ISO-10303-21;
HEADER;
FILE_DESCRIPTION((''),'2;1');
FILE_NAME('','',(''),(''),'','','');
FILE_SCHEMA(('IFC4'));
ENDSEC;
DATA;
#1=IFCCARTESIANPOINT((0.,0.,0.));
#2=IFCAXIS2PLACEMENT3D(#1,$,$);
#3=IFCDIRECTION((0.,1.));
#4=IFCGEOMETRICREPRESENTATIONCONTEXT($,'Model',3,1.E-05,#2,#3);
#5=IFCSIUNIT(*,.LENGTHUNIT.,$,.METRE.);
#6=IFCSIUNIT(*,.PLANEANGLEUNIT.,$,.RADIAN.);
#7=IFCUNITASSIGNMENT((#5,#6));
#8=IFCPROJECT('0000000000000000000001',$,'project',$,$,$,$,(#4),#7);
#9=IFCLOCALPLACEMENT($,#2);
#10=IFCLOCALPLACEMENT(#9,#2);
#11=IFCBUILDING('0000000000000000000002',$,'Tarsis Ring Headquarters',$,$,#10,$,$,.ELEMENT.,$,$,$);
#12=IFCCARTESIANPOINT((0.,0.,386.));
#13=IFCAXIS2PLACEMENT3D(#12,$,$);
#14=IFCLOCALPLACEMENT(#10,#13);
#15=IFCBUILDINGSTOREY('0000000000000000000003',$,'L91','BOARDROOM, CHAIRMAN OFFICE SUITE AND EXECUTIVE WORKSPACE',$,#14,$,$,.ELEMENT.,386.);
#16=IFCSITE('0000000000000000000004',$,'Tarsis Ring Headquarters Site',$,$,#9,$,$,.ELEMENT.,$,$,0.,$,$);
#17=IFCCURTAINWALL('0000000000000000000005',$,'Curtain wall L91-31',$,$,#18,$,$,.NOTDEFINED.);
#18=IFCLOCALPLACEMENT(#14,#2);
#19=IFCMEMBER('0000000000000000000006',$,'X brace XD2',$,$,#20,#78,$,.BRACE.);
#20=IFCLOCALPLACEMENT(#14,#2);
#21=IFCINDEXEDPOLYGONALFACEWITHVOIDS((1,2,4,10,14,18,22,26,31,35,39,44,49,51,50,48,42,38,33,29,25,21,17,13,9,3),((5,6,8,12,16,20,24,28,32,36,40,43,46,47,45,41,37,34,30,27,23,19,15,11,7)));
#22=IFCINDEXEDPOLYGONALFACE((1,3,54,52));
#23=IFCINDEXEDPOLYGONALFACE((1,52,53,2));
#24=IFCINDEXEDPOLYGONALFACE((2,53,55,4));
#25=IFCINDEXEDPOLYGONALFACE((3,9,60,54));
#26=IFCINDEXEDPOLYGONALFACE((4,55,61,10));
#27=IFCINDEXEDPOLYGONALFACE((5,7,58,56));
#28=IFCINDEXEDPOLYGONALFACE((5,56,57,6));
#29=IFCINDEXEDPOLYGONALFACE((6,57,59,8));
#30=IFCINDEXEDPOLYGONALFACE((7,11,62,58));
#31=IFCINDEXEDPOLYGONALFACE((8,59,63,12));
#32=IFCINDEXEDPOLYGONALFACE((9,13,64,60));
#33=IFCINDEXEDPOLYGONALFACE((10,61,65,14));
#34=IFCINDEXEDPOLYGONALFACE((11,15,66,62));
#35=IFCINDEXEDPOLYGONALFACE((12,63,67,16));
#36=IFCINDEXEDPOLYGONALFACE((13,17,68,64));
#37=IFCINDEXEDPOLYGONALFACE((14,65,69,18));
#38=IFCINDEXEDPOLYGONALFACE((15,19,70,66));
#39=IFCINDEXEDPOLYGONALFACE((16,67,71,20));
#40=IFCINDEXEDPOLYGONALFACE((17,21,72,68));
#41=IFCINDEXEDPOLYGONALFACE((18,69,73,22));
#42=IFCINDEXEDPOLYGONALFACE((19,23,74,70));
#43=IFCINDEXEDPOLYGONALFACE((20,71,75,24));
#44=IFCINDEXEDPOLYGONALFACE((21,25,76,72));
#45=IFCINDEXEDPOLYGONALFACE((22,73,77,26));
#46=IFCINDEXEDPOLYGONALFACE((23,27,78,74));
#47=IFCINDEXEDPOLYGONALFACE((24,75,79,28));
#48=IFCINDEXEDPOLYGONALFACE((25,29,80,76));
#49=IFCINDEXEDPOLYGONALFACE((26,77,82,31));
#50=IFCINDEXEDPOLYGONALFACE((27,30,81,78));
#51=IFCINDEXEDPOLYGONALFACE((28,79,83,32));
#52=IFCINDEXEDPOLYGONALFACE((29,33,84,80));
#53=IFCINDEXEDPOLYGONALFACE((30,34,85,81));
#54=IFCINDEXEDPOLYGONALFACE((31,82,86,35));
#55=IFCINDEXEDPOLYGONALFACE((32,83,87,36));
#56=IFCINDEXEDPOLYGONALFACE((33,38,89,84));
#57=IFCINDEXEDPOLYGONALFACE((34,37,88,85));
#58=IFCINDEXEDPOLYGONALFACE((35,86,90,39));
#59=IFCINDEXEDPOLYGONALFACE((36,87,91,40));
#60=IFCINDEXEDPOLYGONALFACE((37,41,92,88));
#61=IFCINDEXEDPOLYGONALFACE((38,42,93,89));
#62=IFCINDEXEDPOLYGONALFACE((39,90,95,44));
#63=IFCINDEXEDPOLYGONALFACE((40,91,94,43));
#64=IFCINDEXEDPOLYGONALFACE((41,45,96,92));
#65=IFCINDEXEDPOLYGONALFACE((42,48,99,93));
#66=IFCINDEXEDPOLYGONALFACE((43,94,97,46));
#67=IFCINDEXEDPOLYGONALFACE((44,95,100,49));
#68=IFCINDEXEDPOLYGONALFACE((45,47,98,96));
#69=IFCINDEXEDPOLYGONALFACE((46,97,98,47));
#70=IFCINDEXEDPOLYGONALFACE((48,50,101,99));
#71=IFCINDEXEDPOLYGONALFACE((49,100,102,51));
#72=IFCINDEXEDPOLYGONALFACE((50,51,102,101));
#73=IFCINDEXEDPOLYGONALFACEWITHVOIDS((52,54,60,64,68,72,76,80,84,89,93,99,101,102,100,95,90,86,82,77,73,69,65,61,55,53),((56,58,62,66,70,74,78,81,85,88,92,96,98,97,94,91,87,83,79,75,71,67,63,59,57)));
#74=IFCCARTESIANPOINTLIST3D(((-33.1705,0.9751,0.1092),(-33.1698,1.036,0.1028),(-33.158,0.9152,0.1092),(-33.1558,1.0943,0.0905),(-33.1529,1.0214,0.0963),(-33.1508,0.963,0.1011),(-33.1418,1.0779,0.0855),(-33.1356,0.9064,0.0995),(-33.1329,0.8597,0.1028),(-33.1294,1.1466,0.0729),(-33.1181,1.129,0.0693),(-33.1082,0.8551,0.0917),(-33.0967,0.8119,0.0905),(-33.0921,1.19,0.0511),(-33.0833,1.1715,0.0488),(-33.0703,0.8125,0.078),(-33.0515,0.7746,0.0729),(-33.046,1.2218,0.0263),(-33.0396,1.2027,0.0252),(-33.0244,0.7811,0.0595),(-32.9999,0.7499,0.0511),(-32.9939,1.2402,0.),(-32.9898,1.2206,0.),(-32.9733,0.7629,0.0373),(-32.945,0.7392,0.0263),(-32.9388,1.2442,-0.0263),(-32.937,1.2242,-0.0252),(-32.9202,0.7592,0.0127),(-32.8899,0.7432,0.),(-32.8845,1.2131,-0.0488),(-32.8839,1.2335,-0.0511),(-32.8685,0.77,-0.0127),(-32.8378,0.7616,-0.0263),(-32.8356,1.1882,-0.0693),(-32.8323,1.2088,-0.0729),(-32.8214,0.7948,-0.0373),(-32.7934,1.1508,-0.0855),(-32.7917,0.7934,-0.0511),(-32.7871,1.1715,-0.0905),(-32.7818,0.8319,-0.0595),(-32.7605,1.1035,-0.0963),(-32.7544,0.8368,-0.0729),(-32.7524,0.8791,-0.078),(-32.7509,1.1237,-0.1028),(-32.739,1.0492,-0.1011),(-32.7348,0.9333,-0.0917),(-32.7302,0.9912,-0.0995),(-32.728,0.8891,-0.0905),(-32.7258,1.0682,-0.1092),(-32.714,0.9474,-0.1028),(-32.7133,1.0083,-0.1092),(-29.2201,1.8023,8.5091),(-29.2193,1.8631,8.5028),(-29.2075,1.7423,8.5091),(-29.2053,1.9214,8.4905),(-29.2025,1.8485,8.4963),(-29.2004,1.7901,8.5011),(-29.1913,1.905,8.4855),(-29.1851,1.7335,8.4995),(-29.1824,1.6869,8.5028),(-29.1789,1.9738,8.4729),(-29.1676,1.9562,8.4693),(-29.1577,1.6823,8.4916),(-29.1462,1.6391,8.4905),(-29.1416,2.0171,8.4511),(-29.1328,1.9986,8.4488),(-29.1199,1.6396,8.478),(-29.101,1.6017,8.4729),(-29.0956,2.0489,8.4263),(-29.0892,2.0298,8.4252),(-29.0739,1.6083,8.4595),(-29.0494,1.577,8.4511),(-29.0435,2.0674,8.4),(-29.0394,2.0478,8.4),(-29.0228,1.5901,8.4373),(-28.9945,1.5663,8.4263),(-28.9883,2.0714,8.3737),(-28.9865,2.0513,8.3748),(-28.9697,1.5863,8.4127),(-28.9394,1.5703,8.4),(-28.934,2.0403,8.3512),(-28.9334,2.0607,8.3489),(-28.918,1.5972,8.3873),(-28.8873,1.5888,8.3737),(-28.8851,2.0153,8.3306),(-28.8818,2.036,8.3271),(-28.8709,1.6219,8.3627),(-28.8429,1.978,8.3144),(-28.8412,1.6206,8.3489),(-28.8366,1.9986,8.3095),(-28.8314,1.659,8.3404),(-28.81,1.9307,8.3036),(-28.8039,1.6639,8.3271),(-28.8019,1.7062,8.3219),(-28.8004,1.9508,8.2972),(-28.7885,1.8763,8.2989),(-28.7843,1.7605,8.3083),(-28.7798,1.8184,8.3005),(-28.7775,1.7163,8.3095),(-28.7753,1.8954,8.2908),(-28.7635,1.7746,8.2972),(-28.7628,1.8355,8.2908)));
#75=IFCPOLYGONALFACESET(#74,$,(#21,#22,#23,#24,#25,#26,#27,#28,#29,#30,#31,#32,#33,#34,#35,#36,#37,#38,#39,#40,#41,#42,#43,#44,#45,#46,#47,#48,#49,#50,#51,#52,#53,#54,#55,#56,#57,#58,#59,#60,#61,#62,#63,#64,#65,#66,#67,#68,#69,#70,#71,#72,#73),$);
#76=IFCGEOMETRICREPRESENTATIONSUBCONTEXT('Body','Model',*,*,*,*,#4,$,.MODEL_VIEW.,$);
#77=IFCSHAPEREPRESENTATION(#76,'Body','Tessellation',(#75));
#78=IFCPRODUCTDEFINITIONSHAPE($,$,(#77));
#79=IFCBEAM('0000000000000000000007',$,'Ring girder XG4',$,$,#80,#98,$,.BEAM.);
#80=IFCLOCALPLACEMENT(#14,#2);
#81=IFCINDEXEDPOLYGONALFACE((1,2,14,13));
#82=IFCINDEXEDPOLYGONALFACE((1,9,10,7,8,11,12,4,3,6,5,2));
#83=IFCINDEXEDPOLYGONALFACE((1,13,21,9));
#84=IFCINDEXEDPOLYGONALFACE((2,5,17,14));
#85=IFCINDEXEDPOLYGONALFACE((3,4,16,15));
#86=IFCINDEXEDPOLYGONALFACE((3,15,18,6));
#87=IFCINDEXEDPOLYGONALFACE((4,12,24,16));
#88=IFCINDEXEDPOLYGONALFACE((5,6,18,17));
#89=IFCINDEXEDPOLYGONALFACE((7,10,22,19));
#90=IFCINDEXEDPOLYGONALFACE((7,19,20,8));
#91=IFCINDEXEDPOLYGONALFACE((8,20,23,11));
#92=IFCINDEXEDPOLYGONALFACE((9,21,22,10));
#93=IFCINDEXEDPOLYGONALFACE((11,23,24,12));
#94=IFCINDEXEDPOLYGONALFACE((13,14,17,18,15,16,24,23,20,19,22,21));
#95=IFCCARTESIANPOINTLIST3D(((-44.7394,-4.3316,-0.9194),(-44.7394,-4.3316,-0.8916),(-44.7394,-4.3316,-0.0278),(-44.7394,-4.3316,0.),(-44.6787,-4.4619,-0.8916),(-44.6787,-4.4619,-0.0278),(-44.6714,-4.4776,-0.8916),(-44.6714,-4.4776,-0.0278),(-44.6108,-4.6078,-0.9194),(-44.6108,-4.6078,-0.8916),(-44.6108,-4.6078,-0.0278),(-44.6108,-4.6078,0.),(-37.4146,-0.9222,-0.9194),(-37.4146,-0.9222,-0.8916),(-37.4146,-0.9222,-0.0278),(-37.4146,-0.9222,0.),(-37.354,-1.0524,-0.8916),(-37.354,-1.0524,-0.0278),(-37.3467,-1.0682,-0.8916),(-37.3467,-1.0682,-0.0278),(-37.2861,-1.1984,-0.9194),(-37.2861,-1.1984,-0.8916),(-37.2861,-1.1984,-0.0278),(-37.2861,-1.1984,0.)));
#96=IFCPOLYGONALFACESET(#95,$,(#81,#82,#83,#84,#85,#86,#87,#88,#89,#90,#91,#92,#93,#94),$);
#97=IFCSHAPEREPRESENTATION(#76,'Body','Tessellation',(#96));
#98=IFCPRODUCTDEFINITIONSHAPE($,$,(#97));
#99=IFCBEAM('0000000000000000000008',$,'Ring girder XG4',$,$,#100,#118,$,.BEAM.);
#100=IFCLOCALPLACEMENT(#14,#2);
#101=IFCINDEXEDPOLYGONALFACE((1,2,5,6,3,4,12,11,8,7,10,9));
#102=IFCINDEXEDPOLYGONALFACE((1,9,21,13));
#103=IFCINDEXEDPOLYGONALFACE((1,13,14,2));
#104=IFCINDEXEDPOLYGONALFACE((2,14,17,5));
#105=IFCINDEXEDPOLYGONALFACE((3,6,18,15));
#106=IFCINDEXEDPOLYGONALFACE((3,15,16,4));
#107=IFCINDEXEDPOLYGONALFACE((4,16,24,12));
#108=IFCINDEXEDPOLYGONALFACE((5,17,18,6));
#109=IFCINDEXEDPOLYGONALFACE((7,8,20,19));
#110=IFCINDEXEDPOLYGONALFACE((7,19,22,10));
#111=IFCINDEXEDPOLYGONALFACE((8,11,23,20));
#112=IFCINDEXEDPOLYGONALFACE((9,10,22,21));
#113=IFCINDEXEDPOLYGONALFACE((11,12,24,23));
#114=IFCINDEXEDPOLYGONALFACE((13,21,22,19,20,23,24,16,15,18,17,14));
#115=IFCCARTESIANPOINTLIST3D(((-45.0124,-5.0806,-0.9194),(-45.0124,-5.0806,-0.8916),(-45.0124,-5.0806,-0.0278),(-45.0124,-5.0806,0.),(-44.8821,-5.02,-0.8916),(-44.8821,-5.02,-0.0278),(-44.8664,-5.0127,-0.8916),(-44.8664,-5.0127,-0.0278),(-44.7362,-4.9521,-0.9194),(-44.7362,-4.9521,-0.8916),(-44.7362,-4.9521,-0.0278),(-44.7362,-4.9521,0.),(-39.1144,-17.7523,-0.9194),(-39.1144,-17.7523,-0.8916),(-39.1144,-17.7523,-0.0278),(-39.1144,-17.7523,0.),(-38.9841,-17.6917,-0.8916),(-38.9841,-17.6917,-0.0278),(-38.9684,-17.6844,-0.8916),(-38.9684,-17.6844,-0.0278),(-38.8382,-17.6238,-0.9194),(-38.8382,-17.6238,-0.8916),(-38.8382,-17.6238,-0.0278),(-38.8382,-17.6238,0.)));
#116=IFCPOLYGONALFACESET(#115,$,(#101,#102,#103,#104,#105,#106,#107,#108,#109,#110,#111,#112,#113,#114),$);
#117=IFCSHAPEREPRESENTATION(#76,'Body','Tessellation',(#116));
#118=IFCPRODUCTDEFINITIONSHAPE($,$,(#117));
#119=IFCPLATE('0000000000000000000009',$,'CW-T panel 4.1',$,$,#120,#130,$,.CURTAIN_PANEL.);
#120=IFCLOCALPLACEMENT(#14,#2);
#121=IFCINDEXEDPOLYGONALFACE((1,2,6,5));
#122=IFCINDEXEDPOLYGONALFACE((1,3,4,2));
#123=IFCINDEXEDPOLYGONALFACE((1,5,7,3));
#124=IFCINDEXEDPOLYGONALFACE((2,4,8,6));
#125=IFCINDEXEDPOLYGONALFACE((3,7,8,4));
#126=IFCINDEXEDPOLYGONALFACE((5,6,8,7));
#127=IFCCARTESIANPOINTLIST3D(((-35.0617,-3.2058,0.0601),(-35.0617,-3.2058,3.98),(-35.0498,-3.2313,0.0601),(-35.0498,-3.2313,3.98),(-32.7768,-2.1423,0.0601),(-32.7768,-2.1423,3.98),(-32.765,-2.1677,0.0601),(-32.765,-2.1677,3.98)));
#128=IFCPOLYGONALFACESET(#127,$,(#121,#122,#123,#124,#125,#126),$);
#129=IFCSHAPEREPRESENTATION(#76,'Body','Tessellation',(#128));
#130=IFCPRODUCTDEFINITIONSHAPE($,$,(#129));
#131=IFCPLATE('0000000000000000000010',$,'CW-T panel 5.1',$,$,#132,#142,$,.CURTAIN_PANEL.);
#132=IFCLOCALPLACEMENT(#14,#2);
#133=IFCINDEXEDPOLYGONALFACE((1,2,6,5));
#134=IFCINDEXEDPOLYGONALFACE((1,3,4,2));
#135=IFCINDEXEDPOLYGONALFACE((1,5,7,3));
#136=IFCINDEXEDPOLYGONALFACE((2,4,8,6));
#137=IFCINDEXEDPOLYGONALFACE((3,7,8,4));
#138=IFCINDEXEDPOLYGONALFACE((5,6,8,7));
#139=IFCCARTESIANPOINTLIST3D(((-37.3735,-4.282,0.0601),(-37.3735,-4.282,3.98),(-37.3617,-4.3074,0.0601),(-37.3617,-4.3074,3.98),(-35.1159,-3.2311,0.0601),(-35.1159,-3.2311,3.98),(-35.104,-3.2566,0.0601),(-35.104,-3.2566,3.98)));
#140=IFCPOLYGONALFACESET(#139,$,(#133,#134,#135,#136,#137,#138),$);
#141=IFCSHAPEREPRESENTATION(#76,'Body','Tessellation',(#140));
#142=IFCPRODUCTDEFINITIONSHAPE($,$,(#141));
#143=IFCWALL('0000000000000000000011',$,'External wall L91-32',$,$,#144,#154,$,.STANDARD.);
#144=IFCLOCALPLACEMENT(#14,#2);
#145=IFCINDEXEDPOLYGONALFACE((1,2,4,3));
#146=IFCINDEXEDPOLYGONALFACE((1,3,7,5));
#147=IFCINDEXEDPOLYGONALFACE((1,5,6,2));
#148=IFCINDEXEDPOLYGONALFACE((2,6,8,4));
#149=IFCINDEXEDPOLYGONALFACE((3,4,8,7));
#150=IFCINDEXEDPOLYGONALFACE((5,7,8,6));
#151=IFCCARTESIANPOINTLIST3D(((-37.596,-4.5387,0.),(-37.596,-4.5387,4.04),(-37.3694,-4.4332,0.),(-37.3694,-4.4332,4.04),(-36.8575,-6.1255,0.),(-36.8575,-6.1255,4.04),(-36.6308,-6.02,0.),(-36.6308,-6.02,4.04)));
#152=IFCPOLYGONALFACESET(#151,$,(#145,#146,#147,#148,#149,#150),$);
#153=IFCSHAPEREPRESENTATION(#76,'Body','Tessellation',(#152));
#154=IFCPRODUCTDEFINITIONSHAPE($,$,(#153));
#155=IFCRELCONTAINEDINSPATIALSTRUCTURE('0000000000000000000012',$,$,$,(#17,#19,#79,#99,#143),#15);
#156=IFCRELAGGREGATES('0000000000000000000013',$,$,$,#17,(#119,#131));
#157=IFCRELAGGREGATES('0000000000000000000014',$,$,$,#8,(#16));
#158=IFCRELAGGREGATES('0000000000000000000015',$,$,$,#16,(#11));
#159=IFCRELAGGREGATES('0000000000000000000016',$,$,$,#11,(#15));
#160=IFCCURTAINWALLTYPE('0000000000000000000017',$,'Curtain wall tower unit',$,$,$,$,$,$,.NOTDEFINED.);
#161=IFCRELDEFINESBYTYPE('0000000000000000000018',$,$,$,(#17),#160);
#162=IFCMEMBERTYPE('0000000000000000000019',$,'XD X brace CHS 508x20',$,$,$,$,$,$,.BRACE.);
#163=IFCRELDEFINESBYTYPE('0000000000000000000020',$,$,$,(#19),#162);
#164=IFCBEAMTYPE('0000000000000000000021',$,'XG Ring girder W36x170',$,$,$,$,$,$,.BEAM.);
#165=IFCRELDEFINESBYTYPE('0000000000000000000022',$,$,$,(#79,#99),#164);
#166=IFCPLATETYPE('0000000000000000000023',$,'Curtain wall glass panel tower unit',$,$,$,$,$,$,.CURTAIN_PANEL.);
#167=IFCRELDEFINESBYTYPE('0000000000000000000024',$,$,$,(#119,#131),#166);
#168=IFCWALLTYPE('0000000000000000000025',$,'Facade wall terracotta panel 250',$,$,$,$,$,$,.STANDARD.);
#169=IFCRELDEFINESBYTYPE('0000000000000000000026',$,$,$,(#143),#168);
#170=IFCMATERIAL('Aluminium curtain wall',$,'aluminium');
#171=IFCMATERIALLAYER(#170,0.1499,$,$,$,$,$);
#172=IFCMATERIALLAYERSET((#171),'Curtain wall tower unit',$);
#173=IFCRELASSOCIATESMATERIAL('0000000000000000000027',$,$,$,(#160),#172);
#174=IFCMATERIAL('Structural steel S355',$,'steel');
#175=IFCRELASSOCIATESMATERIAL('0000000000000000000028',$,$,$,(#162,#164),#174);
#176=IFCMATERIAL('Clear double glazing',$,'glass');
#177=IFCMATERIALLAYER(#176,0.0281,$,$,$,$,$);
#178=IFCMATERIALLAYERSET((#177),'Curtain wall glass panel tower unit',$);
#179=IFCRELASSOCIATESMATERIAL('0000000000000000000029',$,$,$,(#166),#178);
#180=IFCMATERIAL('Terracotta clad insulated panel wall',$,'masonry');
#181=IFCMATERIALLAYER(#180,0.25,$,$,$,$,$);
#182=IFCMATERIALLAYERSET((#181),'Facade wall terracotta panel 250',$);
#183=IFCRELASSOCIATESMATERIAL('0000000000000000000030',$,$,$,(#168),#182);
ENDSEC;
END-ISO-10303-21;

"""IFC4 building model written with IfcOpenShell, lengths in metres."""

from ifc_helpers import new_model, si_unit, direction, frame, frame_2d, origin, origin_2d, place, context, subcontext, project, spatial, rectangle, hollow_circle, i_section, extrude, material, layer, layer_set, material_profile, profile_set, type_object, element, aggregate, save


model = new_model("IFC4")

# Units and contexts
model_context = context("Model", 3, precision=1e-05, world=origin(), true_north=direction((0.0, 1.0)))
body_context = subcontext(model_context, "Body", "Model", "MODEL_VIEW")
ifc_project = project(units=[si_unit("LENGTHUNIT", "METRE"), si_unit("PLANEANGLEUNIT", "RADIAN")], contexts=[model_context])

# Site, building, storey
site_placement = place(None, origin())
site = spatial("IfcSite", under=ifc_project, at=site_placement, Name="Tarsis Ring Headquarters Site", CompositionType="ELEMENT", RefElevation=0.0)
building_placement = place(site_placement, origin())
building = spatial("IfcBuilding", under=site, at=building_placement, Name="Tarsis Ring Headquarters", CompositionType="ELEMENT")
storey_placement = place(building_placement, frame((0.0, 0.0, 386.0)))
storey = spatial("IfcBuildingStorey", under=building, at=storey_placement, Name="L91", Description="BOARDROOM, CHAIRMAN OFFICE SUITE AND EXECUTIVE WORKSPACE", CompositionType="ELEMENT", Elevation=386.0)

# Shared definitions
ifc_material_1 = material(Name="Structural steel S355", Category="steel")

# Curtain wall
ifc_material_2 = material(Name="Aluminium curtain wall", Category="aluminium")
ifc_layer_1 = layer(ifc_material_2, 0.1499)
ifc_layer_set_1 = layer_set([ifc_layer_1], Name="Curtain wall tower unit")
curtain_wall_type = type_object("IfcCurtainWallType", Name="Curtain wall tower unit", PredefinedType="NOTDEFINED", material=ifc_layer_set_1)
curtain_wall_placement = place(storey_placement, origin())
curtain_wall = element("IfcCurtainWall", 1, at=curtain_wall_placement, inside=storey, type_object=curtain_wall_type, Name="Curtain wall L91-31", PredefinedType="NOTDEFINED")

# Member
ifc_material_profile_1 = material_profile(ifc_material_1, hollow_circle(Radius=0.2539, WallThickness=0.02, at=origin_2d()), Name="CHS 508x20")
ifc_profile_set_1 = profile_set([ifc_material_profile_1], Name="Structural steel S355")
member_type_1 = type_object("IfcMemberType", Name="XD X brace CHS 508x20", PredefinedType="BRACE", material=ifc_profile_set_1)
member_1_placement = place(storey_placement, frame((-32.9419, 0.9917, 0.0), z_axis=(0.423901, 0.088757, 0.901349), x_axis=(-0.204937, 0.978775, 0.0)))
element("IfcMember", 2, at=member_1_placement, inside=storey, type_object=member_type_1, Name="X brace XD2", PredefinedType="BRACE", context=body_context, shape_type="SweptSolid", body=[
    extrude(hollow_circle(Radius=0.2539, WallThickness=0.02, at=origin_2d()), origin(), (0.0, 0.0, 1.0), 9.3193),
])

# Beams
ifc_material_profile_2 = material_profile(ifc_material_1, i_section(OverallWidth=0.3047, OverallDepth=0.9194, WebThickness=0.0173, FlangeThickness=0.0278, at=origin_2d()), Name="W36x170")
ifc_profile_set_2 = profile_set([ifc_material_profile_2], Name="Structural steel S355")
beam_type_1 = type_object("IfcBeamType", Name="XG Ring girder W36x170", PredefinedType="BEAM", material=ifc_profile_set_2)
beam_1_placement = place(storey_placement, frame((-37.3503, -1.0603, -0.4597), z_axis=(-0.906599, -0.421994, 0.0), x_axis=(0.421994, -0.906599, 0.0)))
element("IfcBeam", 3, at=beam_1_placement, inside=storey, type_object=beam_type_1, Name="Ring girder XG4", PredefinedType="BEAM", context=body_context, shape_type="SweptSolid", body=[
    extrude(i_section(OverallWidth=0.3047, OverallDepth=0.9194, WebThickness=0.0173, FlangeThickness=0.0278, at=origin_2d()), origin(), (0.0, 0.0, 1.0), 8.0793),
])
beam_2_placement = place(storey_placement, frame((-44.8743, -5.0164, -0.4597), z_axis=(0.421976, -0.906607, 0.0), x_axis=(0.906607, 0.421976, 0.0)))
element("IfcBeam", 4, at=beam_2_placement, inside=storey, type_object=beam_type_1, Name="Ring girder XG4", PredefinedType="BEAM", context=body_context, shape_type="SweptSolid", body=[
    extrude(i_section(OverallWidth=0.3047, OverallDepth=0.9194, WebThickness=0.0173, FlangeThickness=0.0278, at=origin_2d()), origin(), (0.0, 0.0, 1.0), 13.9771),
])

# Plates
ifc_material_3 = material(Name="Clear double glazing", Category="glass")
ifc_layer_2 = layer(ifc_material_3, 0.0281)
ifc_layer_set_2 = layer_set([ifc_layer_2], Name="Curtain wall glass panel tower unit")
plate_type = type_object("IfcPlateType", Name="Curtain wall glass panel tower unit", PredefinedType="CURTAIN_PANEL", material=ifc_layer_set_2)
plate_1_placement = place(storey_placement, frame((-33.9133, -2.6868, 0.0601), z_axis=(0.0, 0.0, 1.0), x_axis=(-0.906603, -0.421985, 0.0)))
plate_1 = element("IfcPlate", 5, at=plate_1_placement, type_object=plate_type, Name="CW-T panel 4.1", PredefinedType="CURTAIN_PANEL", context=body_context, shape_type="SweptSolid", body=[
    extrude(rectangle(XDim=2.5203, YDim=0.0281, at=origin_2d()), origin(), (0.0, 0.0, 1.0), 3.9199),
])
plate_2_placement = place(storey_placement, frame((-36.2388, -3.7693, 0.0601), z_axis=(0.0, 0.0, 1.0), x_axis=(-0.906603, -0.421985, 0.0)))
plate_2 = element("IfcPlate", 6, at=plate_2_placement, type_object=plate_type, Name="CW-T panel 5.1", PredefinedType="CURTAIN_PANEL", context=body_context, shape_type="SweptSolid", body=[
    extrude(rectangle(XDim=2.4902, YDim=0.0281, at=origin_2d()), origin(), (0.0, 0.0, 1.0), 3.9199),
])
aggregate(curtain_wall, [plate_1, plate_2])

# Wall
ifc_material_4 = material(Name="Terracotta clad insulated panel wall", Category="masonry")
ifc_layer_3 = layer(ifc_material_4, 0.25)
ifc_layer_set_3 = layer_set([ifc_layer_3], Name="Facade wall terracotta panel 250")
wall_type = type_object("IfcWallType", Name="Facade wall terracotta panel 250", PredefinedType="STANDARD", material=ifc_layer_set_3)
wall_placement = place(storey_placement, frame((-37.4827, -4.4861, 0.0), z_axis=(0.0, 0.0, 1.0), x_axis=(0.421984, -0.906603, 0.0)))
element("IfcWall", 7, at=wall_placement, inside=storey, type_object=wall_type, Name="External wall L91-32", PredefinedType="STANDARD", context=body_context, shape_type="SweptSolid", body=[
    extrude(rectangle(XDim=1.7502, YDim=0.25, at=frame_2d((0.875, 0.0))), origin(), (0.0, 0.0, 1.0), 4.04),
])

save(model, "model.ifc")
